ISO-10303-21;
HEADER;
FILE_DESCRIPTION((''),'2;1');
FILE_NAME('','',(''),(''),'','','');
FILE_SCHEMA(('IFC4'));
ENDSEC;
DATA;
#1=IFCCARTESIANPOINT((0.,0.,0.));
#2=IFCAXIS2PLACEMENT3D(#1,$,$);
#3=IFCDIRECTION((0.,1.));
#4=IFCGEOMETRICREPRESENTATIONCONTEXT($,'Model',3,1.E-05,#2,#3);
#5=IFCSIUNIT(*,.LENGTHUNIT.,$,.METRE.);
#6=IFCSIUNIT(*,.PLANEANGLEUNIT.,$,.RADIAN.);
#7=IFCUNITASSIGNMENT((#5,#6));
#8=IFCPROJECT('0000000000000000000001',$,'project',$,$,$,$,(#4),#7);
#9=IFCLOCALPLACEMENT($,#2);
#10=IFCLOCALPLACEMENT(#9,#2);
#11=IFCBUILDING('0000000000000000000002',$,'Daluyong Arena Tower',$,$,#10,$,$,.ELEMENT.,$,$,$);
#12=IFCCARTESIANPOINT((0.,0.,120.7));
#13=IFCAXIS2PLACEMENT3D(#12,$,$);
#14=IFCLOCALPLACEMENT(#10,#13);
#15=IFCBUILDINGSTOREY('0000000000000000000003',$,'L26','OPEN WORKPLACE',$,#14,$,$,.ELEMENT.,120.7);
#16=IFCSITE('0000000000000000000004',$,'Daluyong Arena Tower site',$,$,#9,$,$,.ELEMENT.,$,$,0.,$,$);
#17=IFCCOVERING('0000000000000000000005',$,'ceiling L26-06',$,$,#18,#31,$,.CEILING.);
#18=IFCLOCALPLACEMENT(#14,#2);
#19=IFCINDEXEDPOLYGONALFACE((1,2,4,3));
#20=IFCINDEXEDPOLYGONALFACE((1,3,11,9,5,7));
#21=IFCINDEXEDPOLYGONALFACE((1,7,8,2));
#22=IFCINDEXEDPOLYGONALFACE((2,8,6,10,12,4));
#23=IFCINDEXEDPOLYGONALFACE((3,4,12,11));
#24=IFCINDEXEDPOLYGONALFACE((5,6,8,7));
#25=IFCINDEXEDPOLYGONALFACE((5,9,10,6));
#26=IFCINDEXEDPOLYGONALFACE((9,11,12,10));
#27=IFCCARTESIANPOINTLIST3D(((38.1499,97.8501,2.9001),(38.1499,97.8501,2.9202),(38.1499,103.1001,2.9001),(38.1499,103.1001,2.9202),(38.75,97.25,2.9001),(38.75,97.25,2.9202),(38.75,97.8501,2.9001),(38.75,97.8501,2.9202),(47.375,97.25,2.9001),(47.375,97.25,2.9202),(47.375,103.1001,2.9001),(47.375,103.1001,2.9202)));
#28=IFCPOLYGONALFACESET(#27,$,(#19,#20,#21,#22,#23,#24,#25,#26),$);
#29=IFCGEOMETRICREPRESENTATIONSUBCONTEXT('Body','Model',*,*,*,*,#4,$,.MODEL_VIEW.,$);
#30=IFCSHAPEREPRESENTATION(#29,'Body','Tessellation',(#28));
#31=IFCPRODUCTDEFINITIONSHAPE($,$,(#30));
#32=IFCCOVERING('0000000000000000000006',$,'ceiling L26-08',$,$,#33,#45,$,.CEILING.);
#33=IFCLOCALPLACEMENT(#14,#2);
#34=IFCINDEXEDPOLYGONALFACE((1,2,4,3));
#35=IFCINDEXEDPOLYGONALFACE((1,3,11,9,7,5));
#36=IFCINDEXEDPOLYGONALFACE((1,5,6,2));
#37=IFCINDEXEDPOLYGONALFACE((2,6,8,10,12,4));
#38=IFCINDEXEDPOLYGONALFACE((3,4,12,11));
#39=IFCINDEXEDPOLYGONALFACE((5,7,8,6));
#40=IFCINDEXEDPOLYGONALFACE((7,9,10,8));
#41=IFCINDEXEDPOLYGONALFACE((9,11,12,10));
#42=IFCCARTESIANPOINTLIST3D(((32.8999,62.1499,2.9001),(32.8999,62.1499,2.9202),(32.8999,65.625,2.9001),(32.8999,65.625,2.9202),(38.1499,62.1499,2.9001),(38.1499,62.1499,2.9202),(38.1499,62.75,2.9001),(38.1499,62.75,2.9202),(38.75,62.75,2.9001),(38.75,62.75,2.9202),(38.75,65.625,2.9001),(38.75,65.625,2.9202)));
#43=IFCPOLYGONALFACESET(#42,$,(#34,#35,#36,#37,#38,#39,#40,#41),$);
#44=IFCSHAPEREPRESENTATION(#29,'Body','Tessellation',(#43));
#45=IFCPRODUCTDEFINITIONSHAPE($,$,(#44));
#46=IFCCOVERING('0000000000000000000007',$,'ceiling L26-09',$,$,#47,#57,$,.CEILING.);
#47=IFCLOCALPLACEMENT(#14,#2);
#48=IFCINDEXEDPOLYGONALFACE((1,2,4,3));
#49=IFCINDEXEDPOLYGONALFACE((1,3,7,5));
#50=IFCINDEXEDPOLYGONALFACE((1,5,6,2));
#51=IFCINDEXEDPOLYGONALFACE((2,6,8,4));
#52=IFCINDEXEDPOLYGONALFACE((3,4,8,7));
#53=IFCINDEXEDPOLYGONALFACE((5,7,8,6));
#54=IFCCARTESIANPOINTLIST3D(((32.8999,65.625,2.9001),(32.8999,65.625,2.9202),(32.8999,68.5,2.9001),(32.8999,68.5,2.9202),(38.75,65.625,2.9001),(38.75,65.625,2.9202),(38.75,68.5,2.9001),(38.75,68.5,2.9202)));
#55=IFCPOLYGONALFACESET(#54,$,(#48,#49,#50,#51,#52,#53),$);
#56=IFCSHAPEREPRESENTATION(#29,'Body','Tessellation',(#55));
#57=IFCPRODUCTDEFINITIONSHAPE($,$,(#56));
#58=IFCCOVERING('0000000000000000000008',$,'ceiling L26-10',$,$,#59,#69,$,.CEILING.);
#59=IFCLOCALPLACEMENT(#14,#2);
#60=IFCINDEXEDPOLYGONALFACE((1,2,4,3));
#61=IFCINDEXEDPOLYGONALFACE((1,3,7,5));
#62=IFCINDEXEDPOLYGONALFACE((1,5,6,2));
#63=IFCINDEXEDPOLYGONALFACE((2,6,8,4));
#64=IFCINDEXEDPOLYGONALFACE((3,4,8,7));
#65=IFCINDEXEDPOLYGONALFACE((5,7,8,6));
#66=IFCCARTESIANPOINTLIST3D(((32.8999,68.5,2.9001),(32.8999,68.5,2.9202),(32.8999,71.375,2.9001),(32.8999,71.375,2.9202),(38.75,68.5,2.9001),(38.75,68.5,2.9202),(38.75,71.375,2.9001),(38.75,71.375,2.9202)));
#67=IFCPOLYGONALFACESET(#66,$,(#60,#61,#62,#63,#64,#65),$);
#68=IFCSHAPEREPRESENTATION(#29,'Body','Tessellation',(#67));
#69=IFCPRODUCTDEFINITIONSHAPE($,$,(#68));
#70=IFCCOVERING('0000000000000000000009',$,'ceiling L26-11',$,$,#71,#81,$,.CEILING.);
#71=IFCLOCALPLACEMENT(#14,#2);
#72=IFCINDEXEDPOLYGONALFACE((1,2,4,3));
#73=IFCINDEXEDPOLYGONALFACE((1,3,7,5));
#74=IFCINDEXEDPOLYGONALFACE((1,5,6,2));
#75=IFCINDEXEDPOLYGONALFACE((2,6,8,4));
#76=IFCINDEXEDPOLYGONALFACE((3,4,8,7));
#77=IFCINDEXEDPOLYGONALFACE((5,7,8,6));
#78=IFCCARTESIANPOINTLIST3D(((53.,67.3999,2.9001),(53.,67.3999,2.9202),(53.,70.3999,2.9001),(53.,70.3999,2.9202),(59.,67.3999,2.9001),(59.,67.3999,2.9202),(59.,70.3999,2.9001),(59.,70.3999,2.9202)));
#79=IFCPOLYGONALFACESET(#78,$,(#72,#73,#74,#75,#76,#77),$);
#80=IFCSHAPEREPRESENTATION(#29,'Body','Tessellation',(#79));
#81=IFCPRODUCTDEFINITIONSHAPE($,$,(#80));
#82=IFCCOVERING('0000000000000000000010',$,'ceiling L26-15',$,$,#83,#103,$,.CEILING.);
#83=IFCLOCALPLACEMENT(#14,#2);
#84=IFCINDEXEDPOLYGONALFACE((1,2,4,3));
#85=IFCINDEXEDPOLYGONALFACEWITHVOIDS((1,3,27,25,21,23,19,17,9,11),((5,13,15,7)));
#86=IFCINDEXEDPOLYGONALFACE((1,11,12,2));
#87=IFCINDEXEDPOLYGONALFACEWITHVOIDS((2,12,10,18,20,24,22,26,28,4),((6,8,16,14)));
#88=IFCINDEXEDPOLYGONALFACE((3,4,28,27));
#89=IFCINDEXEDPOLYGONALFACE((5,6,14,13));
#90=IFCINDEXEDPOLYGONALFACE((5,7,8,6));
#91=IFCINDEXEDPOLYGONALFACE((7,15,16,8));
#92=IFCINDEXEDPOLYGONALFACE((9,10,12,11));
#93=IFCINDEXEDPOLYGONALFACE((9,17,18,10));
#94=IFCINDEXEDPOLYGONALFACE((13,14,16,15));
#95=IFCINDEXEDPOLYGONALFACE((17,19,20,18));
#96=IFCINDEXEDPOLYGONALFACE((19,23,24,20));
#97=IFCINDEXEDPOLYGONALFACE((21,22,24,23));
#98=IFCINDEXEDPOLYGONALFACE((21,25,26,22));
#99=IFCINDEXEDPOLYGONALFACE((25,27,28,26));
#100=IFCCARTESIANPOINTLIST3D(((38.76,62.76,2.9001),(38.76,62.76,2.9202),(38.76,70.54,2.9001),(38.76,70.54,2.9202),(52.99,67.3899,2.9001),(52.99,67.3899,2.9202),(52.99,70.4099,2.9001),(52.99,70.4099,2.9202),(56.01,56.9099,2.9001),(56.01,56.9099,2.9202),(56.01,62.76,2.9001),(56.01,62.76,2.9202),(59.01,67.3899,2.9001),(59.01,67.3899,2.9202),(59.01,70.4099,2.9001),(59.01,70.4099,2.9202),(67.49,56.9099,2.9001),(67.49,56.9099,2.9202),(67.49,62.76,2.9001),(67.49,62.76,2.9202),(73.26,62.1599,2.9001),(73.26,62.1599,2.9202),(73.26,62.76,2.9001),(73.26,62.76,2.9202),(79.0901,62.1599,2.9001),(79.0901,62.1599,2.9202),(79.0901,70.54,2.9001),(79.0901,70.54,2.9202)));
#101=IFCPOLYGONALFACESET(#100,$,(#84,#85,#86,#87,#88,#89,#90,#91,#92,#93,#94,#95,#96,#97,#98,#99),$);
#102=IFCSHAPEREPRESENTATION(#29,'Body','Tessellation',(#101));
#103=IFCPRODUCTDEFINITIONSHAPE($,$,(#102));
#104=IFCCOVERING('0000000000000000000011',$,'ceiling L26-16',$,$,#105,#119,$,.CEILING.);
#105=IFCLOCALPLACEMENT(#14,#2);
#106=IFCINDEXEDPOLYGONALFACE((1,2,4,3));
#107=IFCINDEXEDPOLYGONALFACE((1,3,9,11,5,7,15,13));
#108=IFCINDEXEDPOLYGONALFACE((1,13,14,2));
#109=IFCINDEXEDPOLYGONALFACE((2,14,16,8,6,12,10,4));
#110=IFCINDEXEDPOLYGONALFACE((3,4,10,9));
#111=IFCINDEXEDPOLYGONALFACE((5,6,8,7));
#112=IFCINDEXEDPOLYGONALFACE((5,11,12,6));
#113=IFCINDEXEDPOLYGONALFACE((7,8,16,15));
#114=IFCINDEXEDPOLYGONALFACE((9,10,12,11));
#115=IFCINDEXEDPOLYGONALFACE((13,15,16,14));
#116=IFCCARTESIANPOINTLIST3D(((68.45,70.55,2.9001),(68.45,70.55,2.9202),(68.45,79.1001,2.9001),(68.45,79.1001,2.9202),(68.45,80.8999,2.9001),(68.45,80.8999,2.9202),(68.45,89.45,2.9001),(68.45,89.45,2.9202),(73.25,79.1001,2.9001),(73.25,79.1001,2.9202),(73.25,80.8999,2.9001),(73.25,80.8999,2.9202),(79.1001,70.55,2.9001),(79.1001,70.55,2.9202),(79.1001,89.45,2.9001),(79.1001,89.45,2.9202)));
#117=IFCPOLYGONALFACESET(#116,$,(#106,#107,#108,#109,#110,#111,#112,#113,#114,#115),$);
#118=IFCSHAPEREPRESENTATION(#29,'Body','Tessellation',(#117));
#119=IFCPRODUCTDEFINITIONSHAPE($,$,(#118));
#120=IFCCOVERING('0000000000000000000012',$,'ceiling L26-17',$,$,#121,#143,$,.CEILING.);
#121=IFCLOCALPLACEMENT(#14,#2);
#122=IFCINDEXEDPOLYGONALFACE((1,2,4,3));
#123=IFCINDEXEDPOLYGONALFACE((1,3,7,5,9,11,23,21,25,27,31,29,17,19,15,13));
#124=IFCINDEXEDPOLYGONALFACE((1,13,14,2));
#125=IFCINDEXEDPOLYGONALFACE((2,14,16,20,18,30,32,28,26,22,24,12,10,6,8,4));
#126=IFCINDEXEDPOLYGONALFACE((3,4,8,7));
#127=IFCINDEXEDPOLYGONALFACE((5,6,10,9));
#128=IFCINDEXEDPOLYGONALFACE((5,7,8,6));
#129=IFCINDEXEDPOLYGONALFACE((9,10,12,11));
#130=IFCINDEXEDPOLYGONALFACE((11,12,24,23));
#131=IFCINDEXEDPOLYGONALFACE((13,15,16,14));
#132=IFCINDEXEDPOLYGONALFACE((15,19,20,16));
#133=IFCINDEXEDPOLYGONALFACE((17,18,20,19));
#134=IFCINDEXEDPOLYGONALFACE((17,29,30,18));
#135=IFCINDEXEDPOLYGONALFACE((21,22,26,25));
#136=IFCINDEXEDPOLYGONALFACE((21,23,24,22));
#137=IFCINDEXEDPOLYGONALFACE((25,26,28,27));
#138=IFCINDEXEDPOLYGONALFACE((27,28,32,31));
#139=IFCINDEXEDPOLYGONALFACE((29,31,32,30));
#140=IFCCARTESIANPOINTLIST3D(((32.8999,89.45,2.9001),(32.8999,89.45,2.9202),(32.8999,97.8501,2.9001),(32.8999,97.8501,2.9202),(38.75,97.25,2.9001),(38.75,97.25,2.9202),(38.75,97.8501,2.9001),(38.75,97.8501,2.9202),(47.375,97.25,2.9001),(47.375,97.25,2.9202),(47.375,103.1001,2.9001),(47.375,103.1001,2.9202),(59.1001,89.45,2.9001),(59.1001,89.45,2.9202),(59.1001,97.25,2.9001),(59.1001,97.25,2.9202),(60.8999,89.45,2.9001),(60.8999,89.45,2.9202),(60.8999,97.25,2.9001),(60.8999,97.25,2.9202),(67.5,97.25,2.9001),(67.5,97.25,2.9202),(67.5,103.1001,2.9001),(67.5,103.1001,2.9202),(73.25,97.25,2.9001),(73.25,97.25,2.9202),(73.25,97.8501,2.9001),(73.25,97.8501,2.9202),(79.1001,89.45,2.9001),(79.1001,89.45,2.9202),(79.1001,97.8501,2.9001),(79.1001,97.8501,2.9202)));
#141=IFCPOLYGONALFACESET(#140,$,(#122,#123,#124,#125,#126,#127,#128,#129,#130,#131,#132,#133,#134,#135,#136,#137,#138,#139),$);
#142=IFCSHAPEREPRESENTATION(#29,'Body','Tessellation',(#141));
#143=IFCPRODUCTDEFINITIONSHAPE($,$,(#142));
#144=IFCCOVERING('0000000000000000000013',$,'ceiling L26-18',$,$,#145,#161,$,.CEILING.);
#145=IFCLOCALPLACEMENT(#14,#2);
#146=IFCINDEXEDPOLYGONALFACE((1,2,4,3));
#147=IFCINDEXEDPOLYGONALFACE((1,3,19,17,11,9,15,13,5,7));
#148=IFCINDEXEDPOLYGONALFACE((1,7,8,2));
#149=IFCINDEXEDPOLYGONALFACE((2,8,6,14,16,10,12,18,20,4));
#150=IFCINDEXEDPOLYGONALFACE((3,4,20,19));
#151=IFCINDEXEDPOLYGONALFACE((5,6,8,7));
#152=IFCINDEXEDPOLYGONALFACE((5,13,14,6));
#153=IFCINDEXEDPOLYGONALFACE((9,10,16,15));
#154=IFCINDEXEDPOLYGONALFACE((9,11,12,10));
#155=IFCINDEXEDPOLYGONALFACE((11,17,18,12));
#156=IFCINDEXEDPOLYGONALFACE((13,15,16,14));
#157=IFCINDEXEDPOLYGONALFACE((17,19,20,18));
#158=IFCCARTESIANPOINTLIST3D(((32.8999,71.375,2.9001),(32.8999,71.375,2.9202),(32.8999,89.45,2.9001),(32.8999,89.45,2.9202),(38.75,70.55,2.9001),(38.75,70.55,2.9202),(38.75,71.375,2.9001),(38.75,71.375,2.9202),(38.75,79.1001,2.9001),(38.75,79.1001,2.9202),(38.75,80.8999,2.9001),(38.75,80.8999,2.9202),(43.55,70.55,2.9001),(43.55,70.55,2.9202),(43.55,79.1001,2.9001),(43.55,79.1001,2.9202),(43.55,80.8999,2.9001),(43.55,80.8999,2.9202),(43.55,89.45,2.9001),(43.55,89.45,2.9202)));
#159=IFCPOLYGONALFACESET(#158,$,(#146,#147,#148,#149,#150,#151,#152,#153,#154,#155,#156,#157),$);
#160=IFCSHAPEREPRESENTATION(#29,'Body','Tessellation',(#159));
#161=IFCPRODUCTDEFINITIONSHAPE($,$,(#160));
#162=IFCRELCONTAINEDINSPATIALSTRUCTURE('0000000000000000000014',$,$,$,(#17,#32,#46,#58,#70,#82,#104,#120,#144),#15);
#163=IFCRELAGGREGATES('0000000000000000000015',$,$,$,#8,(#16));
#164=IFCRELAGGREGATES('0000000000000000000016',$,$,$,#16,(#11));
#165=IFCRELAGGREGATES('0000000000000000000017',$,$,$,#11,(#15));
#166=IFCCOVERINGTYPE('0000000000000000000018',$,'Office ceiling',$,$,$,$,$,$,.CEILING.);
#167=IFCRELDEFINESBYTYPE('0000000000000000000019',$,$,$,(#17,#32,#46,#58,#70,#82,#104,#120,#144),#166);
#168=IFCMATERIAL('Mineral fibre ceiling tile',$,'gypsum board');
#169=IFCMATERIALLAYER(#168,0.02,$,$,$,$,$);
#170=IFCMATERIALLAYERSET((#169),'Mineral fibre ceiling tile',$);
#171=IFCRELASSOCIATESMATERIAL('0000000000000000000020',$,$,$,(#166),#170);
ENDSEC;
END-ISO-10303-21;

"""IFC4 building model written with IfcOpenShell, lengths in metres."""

from ifc_helpers import new_model, si_unit, direction, frame, origin, place, context, subcontext, project, spatial, polyline, outline, extrude, material, layer, layer_set, type_object, element, save


model = new_model("IFC4")

# Units and contexts
model_context = context("Model", 3, precision=1e-05, world=origin(), true_north=direction((0.0, 1.0)))
body_context = subcontext(model_context, "Body", "Model", "MODEL_VIEW")
ifc_project = project(units=[si_unit("LENGTHUNIT", "METRE"), si_unit("PLANEANGLEUNIT", "RADIAN")], contexts=[model_context])

# Site, building, storey
site_placement = place(None, origin())
site = spatial("IfcSite", under=ifc_project, at=site_placement, Name="Daluyong Arena Tower site", CompositionType="ELEMENT", RefElevation=0.0)
building_placement = place(site_placement, origin())
building = spatial("IfcBuilding", under=site, at=building_placement, Name="Daluyong Arena Tower", CompositionType="ELEMENT")
storey_placement = place(building_placement, frame((0.0, 0.0, 120.7)))
storey = spatial("IfcBuildingStorey", under=building, at=storey_placement, Name="L26", Description="OPEN WORKPLACE", CompositionType="ELEMENT", Elevation=120.7)

# Coverings
ifc_material_1 = material(Name="Mineral fibre ceiling tile", Category="gypsum board")
ifc_layer_1 = layer(ifc_material_1, 0.02)
ifc_layer_set_1 = layer_set([ifc_layer_1], Name="Mineral fibre ceiling tile")
covering_type = type_object("IfcCoveringType", Name="Office ceiling", PredefinedType="CEILING", material=ifc_layer_set_1)
covering_1_placement = place(storey_placement, frame((0.0, 0.0, 2.9001)))
element("IfcCovering", 1, at=covering_1_placement, inside=storey, type_object=covering_type, Name="ceiling L26-06", PredefinedType="CEILING", context=body_context, shape_type="SweptSolid", body=[
    extrude(outline(polyline([(47.375, 97.25), (47.375, 103.1001), (38.1499, 103.1001), (38.1499, 97.8501), (38.75, 97.8501), (38.75, 97.25), (47.375, 97.25)])), origin(), (0.0, 0.0, 1.0), 0.02),
])
covering_2_placement = place(storey_placement, frame((0.0, 0.0, 2.9001)))
element("IfcCovering", 2, at=covering_2_placement, inside=storey, type_object=covering_type, Name="ceiling L26-08", PredefinedType="CEILING", context=body_context, shape_type="SweptSolid", body=[
    extrude(outline(polyline([(32.8999, 62.1499), (38.1499, 62.1499), (38.1499, 62.75), (38.75, 62.75), (38.75, 65.625), (32.8999, 65.625), (32.8999, 62.1499)])), origin(), (0.0, 0.0, 1.0), 0.02),
])
covering_3_placement = place(storey_placement, frame((0.0, 0.0, 2.9001)))
element("IfcCovering", 3, at=covering_3_placement, inside=storey, type_object=covering_type, Name="ceiling L26-09", PredefinedType="CEILING", context=body_context, shape_type="SweptSolid", body=[
    extrude(outline(polyline([(38.75, 68.5), (32.8999, 68.5), (32.8999, 65.625), (38.75, 65.625), (38.75, 68.5)])), origin(), (0.0, 0.0, 1.0), 0.02),
])
covering_4_placement = place(storey_placement, frame((0.0, 0.0, 2.9001)))
element("IfcCovering", 4, at=covering_4_placement, inside=storey, type_object=covering_type, Name="ceiling L26-10", PredefinedType="CEILING", context=body_context, shape_type="SweptSolid", body=[
    extrude(outline(polyline([(38.75, 71.375), (32.8999, 71.375), (32.8999, 68.5), (38.75, 68.5), (38.75, 71.375)])), origin(), (0.0, 0.0, 1.0), 0.02),
])
covering_5_placement = place(storey_placement, frame((0.0, 0.0, 2.9001)))
element("IfcCovering", 5, at=covering_5_placement, inside=storey, type_object=covering_type, Name="ceiling L26-11", PredefinedType="CEILING", context=body_context, shape_type="SweptSolid", body=[
    extrude(outline(polyline([(53.0, 67.3999), (59.0, 67.3999), (59.0, 70.3999), (53.0, 70.3999), (53.0, 67.3999)])), origin(), (0.0, 0.0, 1.0), 0.02),
])
covering_6_placement = place(storey_placement, frame((0.0, 0.0, 2.9001)))
element("IfcCovering", 6, at=covering_6_placement, inside=storey, type_object=covering_type, Name="ceiling L26-15", PredefinedType="CEILING", context=body_context, shape_type="SweptSolid", body=[
    extrude(outline(polyline([(38.76, 62.76), (56.01, 62.76), (56.01, 56.9099), (67.49, 56.9099), (67.49, 62.76), (73.26, 62.76), (73.26, 62.1599), (79.0901, 62.1599), (79.0901, 70.54), (38.76, 70.54), (38.76, 62.76)]), holes=[polyline([(59.01, 70.4099), (59.01, 67.3899), (52.99, 67.3899), (52.99, 70.4099), (59.01, 70.4099)])]), origin(), (0.0, 0.0, 1.0), 0.02),
])
covering_7_placement = place(storey_placement, frame((0.0, 0.0, 2.9001)))
element("IfcCovering", 7, at=covering_7_placement, inside=storey, type_object=covering_type, Name="ceiling L26-16", PredefinedType="CEILING", context=body_context, shape_type="SweptSolid", body=[
    extrude(outline(polyline([(79.1001, 70.55), (79.1001, 89.45), (68.45, 89.45), (68.45, 80.8999), (73.25, 80.8999), (73.25, 79.1001), (68.45, 79.1001), (68.45, 70.55), (79.1001, 70.55)])), origin(), (0.0, 0.0, 1.0), 0.02),
])
covering_8_placement = place(storey_placement, frame((0.0, 0.0, 2.9001)))
element("IfcCovering", 8, at=covering_8_placement, inside=storey, type_object=covering_type, Name="ceiling L26-17", PredefinedType="CEILING", context=body_context, shape_type="SweptSolid", body=[
    extrude(outline(polyline([(47.375, 97.25), (38.75, 97.25), (38.75, 97.8501), (32.8999, 97.8501), (32.8999, 89.45), (59.1001, 89.45), (59.1001, 97.25), (60.8999, 97.25), (60.8999, 89.45), (79.1001, 89.45), (79.1001, 97.8501), (73.25, 97.8501), (73.25, 97.25), (67.5, 97.25), (67.5, 103.1001), (47.375, 103.1001), (47.375, 97.25)])), origin(), (0.0, 0.0, 1.0), 0.02),
])
covering_9_placement = place(storey_placement, frame((0.0, 0.0, 2.9001)))
element("IfcCovering", 9, at=covering_9_placement, inside=storey, type_object=covering_type, Name="ceiling L26-18", PredefinedType="CEILING", context=body_context, shape_type="SweptSolid", body=[
    extrude(outline(polyline([(38.75, 71.375), (38.75, 70.55), (43.55, 70.55), (43.55, 79.1001), (38.75, 79.1001), (38.75, 80.8999), (43.55, 80.8999), (43.55, 89.45), (32.8999, 89.45), (32.8999, 71.375), (38.75, 71.375)])), origin(), (0.0, 0.0, 1.0), 0.02),
])

save(model, "model.ifc")
